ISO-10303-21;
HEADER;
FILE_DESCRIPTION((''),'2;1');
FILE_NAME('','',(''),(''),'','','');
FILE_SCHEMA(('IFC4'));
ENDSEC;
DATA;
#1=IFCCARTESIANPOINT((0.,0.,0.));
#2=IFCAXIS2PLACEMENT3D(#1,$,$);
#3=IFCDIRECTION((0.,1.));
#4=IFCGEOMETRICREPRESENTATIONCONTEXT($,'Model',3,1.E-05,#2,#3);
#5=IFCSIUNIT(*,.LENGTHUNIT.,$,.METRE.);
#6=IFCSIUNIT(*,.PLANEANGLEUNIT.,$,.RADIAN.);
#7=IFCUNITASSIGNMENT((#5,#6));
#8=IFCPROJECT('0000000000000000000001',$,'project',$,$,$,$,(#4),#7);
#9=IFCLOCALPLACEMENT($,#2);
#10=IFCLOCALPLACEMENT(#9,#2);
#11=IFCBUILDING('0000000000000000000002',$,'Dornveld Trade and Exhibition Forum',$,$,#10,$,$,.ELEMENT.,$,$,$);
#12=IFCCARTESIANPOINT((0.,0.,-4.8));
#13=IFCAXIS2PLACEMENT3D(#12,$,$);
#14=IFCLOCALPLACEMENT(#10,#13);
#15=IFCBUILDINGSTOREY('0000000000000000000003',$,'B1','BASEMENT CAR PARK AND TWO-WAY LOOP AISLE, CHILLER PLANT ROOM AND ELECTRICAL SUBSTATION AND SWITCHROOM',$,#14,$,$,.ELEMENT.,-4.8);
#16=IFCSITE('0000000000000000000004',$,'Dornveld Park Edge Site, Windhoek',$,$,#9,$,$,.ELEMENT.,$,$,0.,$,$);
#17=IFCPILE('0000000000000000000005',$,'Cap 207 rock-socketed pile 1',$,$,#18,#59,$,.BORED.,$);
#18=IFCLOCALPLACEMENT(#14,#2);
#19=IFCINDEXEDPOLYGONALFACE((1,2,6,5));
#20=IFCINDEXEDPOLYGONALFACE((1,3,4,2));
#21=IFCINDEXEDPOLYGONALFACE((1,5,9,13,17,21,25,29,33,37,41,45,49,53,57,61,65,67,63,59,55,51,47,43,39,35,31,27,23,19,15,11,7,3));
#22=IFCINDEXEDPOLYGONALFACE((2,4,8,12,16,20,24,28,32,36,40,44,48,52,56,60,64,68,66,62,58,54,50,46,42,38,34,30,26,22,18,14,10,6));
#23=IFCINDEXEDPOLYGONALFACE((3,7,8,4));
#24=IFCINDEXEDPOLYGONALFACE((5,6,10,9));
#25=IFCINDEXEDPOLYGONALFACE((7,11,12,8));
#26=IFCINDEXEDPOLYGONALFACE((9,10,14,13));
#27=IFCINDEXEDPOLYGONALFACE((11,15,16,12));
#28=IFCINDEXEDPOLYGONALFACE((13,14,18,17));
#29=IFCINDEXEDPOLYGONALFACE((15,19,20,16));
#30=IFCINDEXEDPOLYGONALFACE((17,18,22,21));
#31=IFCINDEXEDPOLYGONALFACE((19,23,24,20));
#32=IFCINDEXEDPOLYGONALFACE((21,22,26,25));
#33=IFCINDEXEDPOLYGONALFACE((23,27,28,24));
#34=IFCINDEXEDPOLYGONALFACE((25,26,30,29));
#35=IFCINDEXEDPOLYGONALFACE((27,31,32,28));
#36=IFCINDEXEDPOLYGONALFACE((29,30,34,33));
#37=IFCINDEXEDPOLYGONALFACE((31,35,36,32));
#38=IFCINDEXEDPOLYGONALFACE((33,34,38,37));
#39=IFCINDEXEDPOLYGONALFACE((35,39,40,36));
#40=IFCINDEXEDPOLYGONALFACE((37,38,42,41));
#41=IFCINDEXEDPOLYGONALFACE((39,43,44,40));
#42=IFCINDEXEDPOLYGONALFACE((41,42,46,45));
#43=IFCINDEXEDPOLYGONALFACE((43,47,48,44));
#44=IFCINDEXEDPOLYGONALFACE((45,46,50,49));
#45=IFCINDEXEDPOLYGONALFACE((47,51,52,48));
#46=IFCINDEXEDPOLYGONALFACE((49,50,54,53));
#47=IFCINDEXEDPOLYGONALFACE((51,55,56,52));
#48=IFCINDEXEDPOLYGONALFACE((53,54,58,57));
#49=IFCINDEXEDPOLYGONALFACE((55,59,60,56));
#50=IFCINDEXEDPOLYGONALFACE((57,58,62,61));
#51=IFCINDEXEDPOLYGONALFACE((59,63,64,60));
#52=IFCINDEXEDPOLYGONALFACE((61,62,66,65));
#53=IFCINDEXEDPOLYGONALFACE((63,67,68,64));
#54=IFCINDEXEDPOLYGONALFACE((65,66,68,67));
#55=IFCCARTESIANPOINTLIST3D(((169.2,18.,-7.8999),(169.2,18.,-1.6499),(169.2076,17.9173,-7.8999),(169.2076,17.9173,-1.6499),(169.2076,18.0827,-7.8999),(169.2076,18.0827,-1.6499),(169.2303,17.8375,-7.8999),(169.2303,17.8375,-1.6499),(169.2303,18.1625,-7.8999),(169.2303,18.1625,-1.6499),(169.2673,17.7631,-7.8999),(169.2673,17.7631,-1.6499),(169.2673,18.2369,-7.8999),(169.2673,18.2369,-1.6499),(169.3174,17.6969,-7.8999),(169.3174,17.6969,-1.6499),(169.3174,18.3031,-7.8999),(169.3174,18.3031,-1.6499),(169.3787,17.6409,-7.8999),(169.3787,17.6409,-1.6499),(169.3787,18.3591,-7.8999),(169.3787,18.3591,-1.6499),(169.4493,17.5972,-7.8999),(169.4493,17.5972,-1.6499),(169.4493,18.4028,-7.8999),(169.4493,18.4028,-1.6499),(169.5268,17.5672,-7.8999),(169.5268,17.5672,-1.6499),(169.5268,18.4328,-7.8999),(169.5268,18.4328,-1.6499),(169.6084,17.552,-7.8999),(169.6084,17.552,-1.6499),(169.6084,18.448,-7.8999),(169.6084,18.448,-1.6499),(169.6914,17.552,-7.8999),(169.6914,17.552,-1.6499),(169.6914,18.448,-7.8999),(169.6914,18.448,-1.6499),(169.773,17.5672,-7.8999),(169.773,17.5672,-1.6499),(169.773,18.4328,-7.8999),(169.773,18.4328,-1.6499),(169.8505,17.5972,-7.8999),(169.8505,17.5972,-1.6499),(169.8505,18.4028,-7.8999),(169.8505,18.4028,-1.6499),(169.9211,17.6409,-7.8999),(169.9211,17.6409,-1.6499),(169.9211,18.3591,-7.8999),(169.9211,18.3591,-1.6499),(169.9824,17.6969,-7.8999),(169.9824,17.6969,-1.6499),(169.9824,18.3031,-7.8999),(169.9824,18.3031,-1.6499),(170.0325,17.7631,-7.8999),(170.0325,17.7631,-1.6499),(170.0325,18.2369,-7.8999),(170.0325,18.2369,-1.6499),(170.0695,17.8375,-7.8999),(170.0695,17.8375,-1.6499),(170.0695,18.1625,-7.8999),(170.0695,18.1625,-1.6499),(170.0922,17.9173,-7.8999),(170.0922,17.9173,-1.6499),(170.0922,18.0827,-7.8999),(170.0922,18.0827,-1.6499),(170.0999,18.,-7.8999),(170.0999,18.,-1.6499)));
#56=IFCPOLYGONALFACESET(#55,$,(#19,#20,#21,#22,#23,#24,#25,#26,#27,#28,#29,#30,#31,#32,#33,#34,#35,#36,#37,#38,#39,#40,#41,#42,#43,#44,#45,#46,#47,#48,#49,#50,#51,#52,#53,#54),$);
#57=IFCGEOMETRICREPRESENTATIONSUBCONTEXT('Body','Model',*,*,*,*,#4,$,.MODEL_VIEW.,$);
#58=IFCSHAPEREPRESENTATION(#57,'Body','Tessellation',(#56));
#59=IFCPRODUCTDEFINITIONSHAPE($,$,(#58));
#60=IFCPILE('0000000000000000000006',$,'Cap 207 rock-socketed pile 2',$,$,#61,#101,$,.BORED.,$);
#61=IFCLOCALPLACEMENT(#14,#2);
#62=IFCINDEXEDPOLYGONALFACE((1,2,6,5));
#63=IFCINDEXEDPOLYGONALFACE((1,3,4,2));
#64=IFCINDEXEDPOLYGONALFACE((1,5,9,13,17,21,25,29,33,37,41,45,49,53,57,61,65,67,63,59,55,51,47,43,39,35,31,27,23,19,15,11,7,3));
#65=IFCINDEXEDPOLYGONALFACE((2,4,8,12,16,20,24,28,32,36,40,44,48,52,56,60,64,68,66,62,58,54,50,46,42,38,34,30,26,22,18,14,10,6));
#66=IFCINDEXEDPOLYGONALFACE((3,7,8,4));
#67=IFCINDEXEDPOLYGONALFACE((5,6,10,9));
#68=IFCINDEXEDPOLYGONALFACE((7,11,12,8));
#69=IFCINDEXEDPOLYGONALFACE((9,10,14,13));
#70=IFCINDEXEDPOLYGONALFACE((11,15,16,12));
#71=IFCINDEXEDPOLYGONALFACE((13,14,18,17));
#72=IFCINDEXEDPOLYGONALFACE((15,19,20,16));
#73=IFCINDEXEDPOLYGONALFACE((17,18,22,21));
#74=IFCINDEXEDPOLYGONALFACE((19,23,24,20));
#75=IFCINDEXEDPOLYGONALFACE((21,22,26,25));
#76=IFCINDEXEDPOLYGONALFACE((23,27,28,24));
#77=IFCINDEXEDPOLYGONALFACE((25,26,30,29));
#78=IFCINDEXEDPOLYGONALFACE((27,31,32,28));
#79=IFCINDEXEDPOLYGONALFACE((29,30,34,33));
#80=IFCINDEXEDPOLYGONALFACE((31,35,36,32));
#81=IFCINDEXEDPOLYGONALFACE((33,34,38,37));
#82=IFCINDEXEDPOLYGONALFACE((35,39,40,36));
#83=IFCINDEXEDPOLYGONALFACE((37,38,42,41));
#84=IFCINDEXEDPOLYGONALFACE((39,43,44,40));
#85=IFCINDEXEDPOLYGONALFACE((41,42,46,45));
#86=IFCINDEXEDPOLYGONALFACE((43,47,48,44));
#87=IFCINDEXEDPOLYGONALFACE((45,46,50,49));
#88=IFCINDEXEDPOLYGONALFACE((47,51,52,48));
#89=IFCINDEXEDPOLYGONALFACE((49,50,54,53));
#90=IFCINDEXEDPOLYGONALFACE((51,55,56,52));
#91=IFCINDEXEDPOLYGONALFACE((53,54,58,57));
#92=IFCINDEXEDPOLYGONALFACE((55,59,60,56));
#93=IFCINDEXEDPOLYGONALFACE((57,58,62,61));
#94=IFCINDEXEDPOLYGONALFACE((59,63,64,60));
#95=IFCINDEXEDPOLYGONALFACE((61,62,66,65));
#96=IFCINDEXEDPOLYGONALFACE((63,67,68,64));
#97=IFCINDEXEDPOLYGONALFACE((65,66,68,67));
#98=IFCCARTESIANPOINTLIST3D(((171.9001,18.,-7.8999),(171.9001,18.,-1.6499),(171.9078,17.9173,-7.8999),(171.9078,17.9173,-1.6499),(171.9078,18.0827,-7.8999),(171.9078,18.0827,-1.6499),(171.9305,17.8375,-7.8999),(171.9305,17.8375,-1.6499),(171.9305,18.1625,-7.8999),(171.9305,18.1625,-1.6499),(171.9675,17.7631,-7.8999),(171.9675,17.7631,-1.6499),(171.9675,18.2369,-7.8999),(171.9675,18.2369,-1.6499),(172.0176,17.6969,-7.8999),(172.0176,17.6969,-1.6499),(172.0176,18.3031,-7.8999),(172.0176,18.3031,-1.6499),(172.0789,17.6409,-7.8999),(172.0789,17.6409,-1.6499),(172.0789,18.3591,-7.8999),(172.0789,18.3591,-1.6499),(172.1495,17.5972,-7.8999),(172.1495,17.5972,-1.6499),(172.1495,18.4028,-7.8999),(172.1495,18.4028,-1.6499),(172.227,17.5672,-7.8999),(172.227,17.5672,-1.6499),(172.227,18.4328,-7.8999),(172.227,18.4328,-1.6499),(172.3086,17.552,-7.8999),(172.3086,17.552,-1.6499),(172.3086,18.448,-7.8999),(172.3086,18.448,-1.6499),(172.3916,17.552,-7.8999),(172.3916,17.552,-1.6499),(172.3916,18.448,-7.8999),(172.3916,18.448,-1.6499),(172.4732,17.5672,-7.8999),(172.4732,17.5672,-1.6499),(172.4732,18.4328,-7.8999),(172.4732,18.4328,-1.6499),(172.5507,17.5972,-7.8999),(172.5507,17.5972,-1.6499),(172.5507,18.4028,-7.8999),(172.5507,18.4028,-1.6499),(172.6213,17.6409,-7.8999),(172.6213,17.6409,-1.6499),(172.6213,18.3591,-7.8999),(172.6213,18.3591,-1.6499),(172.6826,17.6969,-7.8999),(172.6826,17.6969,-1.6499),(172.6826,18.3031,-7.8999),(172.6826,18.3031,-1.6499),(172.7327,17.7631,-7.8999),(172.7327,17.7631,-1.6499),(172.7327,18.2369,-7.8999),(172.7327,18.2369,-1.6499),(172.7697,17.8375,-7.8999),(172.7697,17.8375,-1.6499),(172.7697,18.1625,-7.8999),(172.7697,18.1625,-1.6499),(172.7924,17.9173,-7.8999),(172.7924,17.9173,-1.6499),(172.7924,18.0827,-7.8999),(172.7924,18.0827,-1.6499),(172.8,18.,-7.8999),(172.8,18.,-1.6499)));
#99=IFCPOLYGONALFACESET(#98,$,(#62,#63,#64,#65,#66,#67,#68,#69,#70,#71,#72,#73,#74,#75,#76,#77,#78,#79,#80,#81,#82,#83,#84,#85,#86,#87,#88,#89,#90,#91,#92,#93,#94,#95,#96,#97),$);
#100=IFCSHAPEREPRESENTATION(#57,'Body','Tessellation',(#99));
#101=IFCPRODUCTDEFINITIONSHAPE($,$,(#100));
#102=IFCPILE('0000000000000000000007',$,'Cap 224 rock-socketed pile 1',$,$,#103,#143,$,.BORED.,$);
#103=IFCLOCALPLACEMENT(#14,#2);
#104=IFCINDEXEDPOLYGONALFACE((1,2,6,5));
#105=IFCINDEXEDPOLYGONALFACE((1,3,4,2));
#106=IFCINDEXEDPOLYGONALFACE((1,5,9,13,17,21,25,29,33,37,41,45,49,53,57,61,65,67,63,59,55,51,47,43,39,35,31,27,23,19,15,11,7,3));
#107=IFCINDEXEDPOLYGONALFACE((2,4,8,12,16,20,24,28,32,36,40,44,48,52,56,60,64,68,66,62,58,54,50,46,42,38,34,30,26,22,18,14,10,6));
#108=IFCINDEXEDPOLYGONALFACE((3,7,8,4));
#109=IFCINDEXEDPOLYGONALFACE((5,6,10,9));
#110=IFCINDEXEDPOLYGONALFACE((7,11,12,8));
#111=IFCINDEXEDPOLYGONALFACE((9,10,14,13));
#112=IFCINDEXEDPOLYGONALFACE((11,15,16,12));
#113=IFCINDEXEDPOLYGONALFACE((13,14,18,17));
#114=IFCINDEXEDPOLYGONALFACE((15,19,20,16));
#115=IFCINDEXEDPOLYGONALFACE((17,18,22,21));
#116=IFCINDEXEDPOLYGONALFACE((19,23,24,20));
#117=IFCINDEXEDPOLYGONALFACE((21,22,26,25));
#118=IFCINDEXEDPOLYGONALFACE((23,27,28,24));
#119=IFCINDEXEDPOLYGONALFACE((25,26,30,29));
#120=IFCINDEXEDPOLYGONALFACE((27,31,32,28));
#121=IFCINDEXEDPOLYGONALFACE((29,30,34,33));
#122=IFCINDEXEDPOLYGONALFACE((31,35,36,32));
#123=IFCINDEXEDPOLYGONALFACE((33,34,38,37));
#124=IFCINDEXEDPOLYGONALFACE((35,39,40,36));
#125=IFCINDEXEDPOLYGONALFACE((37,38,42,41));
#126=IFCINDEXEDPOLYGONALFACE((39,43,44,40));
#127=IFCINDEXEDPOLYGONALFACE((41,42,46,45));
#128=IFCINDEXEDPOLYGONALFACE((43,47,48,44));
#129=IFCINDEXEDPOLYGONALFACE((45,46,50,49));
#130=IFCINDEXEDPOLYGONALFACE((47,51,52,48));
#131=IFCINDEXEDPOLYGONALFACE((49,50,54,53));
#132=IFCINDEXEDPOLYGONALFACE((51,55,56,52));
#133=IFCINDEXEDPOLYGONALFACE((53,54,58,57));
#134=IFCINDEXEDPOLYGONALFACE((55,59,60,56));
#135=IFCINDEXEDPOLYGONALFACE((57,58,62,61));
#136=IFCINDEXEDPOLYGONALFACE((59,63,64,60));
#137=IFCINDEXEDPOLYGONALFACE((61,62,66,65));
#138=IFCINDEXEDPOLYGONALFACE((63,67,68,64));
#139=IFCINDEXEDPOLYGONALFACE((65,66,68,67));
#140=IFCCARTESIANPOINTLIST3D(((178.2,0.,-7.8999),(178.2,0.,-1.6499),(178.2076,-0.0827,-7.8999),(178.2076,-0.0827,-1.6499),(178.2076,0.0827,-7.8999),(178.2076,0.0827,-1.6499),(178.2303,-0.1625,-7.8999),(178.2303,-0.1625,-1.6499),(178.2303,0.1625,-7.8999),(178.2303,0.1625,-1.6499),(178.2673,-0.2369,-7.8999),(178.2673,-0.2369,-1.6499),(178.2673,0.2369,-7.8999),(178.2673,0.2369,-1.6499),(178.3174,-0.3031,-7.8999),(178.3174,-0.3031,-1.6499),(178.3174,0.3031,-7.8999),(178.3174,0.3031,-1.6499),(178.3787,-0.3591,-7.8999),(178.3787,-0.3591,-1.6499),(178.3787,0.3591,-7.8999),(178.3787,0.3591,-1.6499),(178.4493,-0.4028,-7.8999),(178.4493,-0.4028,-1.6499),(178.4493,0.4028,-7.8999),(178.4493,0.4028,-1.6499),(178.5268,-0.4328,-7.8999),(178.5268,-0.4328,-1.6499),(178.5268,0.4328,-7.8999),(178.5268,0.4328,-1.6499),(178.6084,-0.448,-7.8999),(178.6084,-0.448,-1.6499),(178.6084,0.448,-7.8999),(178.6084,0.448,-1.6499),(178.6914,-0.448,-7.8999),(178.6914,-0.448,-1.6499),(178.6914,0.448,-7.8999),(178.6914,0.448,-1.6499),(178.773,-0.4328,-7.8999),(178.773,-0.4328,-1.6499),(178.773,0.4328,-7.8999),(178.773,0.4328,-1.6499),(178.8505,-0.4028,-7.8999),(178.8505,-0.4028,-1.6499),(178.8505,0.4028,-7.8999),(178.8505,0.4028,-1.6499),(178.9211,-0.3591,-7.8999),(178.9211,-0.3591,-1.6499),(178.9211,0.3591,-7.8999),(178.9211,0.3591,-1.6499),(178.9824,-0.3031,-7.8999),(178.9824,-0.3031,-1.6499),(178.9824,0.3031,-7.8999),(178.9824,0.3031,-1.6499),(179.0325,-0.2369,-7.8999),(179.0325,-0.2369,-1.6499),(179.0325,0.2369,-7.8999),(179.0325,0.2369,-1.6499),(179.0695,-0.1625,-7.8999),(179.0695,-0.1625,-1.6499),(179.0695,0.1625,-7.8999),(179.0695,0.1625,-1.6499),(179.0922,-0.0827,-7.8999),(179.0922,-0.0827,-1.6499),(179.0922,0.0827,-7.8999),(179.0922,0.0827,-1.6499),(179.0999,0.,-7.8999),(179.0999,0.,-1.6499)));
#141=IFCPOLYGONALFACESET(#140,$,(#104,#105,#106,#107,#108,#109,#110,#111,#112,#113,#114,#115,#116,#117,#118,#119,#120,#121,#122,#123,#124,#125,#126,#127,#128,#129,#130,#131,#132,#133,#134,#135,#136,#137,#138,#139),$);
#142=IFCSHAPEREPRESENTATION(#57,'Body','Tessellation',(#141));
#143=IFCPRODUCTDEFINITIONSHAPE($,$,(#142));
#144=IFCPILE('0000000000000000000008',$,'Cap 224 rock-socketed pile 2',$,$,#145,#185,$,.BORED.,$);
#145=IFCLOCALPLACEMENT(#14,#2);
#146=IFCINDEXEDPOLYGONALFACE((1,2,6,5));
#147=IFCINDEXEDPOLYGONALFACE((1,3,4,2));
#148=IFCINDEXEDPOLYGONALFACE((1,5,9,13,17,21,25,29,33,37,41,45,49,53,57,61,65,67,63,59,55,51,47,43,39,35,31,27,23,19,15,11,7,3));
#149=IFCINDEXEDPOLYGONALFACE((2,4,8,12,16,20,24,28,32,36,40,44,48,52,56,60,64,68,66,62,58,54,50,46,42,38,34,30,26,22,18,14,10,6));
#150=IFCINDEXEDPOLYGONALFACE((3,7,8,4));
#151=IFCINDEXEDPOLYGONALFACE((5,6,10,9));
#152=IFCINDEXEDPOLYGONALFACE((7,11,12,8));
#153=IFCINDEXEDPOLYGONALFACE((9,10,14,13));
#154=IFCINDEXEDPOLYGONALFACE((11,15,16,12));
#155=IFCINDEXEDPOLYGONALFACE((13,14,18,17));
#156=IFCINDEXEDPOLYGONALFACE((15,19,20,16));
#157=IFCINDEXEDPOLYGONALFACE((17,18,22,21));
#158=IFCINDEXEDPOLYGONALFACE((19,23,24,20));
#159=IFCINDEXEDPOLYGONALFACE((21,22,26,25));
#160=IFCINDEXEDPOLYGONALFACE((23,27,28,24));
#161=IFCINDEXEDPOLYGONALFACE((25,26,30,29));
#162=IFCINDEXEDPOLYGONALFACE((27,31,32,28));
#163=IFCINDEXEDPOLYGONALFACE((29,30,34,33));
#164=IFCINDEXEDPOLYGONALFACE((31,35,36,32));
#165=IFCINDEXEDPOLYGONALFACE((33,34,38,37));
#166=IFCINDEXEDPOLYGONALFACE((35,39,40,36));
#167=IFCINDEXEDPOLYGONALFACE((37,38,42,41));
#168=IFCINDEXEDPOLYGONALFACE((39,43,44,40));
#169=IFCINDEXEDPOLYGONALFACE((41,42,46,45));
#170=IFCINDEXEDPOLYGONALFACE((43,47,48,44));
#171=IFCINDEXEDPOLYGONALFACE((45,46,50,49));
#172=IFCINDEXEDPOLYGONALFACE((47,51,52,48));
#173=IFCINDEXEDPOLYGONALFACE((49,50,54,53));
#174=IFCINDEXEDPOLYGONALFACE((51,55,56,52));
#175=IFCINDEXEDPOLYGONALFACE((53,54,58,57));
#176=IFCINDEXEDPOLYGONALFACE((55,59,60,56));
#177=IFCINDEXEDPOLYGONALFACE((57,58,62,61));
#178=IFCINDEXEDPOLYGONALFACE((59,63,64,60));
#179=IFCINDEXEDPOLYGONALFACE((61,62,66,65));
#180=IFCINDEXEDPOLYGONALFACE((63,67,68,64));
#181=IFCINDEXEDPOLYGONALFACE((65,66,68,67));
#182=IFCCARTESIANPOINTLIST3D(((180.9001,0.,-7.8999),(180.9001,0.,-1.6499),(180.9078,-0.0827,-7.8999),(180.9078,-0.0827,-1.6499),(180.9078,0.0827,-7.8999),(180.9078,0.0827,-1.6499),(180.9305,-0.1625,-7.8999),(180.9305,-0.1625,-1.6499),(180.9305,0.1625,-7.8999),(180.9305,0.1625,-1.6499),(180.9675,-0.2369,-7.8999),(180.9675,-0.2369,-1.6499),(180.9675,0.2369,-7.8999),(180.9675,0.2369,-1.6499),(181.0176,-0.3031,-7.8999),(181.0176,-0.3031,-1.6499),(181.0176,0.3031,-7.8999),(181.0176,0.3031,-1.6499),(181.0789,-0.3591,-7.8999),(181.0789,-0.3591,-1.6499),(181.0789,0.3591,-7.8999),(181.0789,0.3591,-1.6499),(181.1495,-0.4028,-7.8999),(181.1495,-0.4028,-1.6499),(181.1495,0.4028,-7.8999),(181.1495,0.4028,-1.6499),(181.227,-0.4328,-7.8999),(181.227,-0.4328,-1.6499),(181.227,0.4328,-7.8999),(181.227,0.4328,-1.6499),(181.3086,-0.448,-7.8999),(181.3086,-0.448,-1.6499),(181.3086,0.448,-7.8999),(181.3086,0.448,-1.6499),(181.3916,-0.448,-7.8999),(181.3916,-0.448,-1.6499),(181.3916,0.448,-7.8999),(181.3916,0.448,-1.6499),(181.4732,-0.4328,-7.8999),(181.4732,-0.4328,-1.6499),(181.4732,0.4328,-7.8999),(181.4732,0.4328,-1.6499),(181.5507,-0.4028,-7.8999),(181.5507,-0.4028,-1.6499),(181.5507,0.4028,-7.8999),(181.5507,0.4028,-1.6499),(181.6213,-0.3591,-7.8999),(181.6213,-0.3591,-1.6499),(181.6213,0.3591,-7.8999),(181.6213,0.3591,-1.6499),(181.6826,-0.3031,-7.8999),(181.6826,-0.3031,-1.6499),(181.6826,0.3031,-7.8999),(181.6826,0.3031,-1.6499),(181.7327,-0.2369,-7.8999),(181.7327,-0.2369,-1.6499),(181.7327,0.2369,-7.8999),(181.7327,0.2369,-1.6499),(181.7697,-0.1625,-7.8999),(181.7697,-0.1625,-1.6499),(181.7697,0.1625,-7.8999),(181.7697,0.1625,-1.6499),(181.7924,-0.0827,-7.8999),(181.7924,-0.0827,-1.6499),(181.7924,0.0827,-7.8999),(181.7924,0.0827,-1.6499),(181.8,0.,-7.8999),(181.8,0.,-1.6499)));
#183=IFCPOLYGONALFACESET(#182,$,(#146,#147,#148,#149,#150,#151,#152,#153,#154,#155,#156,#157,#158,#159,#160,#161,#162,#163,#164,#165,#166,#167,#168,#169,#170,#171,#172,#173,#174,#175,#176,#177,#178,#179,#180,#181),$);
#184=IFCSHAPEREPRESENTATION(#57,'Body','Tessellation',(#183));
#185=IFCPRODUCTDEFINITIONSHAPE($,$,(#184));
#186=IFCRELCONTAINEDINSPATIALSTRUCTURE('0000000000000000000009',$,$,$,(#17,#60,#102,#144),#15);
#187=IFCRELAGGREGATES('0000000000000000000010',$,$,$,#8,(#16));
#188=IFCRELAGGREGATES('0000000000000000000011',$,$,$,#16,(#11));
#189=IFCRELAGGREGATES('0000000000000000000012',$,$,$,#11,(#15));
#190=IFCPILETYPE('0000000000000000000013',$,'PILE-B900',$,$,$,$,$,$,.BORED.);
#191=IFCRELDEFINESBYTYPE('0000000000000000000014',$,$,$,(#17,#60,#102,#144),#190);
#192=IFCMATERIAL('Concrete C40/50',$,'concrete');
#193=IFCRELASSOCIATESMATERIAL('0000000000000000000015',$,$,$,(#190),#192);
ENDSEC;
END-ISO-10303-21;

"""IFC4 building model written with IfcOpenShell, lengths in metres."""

from ifc_helpers import new_model, si_unit, direction, frame, origin, origin_2d, place, context, subcontext, project, spatial, circle, extrude, material, material_profile, profile_set, type_object, element, save


model = new_model("IFC4")

# Units and contexts
model_context = context("Model", 3, precision=1e-05, world=origin(), true_north=direction((0.0, 1.0)))
body_context = subcontext(model_context, "Body", "Model", "MODEL_VIEW")
ifc_project = project(units=[si_unit("LENGTHUNIT", "METRE"), si_unit("PLANEANGLEUNIT", "RADIAN")], contexts=[model_context])

# Site, building, storey
site_placement = place(None, origin())
site = spatial("IfcSite", under=ifc_project, at=site_placement, Name="Dornveld Park Edge Site, Windhoek", CompositionType="ELEMENT", RefElevation=0.0)
building_placement = place(site_placement, origin())
building = spatial("IfcBuilding", under=site, at=building_placement, Name="Dornveld Trade and Exhibition Forum", CompositionType="ELEMENT")
storey_placement = place(building_placement, frame((0.0, 0.0, -4.8)))
storey = spatial("IfcBuildingStorey", under=building, at=storey_placement, Name="B1", Description="BASEMENT CAR PARK AND TWO-WAY LOOP AISLE, CHILLER PLANT ROOM AND ELECTRICAL SUBSTATION AND SWITCHROOM", CompositionType="ELEMENT", Elevation=-4.8)

# Piles
ifc_material_1 = material(Name="Concrete C40/50", Category="concrete")
ifc_material_profile_1 = material_profile(ifc_material_1, circle(Radius=0.45, at=origin_2d()), Name="PILE D900")
ifc_profile_set_1 = profile_set([ifc_material_profile_1], Name="Concrete C40/50")
pile_type = type_object("IfcPileType", Name="PILE-B900", PredefinedType="BORED", material=ifc_profile_set_1)
for number, where, z_axis, x_axis, name in (
    (1, (169.6499, 18.0, -1.6499), (0.0, 0.0, -1.0), (1.0, 0.0, 0.0), "Cap 207 rock-socketed pile 1"),
    (2, (172.3501, 18.0, -1.6499), (0.0, 0.0, -1.0), (1.0, 0.0, 0.0), "Cap 207 rock-socketed pile 2"),
    (3, (178.6499, 0.0, -1.6499), (0.0, 0.0, -1.0), (1.0, 0.0, 0.0), "Cap 224 rock-socketed pile 1"),
    (4, (181.3501, 0.0, -1.6499), (0.0, 0.0, -1.0), (1.0, 0.0, 0.0), "Cap 224 rock-socketed pile 2"),
):
    element("IfcPile", number, at=place(storey_placement, frame(where, z_axis=z_axis, x_axis=x_axis)), inside=storey, type_object=pile_type, Name=name, PredefinedType="BORED", context=body_context, shape_type="SweptSolid", body=[
        extrude(circle(Radius=0.45, at=origin_2d()), origin(), (0.0, 0.0, 1.0), 6.25),
    ])

save(model, "model.ifc")
